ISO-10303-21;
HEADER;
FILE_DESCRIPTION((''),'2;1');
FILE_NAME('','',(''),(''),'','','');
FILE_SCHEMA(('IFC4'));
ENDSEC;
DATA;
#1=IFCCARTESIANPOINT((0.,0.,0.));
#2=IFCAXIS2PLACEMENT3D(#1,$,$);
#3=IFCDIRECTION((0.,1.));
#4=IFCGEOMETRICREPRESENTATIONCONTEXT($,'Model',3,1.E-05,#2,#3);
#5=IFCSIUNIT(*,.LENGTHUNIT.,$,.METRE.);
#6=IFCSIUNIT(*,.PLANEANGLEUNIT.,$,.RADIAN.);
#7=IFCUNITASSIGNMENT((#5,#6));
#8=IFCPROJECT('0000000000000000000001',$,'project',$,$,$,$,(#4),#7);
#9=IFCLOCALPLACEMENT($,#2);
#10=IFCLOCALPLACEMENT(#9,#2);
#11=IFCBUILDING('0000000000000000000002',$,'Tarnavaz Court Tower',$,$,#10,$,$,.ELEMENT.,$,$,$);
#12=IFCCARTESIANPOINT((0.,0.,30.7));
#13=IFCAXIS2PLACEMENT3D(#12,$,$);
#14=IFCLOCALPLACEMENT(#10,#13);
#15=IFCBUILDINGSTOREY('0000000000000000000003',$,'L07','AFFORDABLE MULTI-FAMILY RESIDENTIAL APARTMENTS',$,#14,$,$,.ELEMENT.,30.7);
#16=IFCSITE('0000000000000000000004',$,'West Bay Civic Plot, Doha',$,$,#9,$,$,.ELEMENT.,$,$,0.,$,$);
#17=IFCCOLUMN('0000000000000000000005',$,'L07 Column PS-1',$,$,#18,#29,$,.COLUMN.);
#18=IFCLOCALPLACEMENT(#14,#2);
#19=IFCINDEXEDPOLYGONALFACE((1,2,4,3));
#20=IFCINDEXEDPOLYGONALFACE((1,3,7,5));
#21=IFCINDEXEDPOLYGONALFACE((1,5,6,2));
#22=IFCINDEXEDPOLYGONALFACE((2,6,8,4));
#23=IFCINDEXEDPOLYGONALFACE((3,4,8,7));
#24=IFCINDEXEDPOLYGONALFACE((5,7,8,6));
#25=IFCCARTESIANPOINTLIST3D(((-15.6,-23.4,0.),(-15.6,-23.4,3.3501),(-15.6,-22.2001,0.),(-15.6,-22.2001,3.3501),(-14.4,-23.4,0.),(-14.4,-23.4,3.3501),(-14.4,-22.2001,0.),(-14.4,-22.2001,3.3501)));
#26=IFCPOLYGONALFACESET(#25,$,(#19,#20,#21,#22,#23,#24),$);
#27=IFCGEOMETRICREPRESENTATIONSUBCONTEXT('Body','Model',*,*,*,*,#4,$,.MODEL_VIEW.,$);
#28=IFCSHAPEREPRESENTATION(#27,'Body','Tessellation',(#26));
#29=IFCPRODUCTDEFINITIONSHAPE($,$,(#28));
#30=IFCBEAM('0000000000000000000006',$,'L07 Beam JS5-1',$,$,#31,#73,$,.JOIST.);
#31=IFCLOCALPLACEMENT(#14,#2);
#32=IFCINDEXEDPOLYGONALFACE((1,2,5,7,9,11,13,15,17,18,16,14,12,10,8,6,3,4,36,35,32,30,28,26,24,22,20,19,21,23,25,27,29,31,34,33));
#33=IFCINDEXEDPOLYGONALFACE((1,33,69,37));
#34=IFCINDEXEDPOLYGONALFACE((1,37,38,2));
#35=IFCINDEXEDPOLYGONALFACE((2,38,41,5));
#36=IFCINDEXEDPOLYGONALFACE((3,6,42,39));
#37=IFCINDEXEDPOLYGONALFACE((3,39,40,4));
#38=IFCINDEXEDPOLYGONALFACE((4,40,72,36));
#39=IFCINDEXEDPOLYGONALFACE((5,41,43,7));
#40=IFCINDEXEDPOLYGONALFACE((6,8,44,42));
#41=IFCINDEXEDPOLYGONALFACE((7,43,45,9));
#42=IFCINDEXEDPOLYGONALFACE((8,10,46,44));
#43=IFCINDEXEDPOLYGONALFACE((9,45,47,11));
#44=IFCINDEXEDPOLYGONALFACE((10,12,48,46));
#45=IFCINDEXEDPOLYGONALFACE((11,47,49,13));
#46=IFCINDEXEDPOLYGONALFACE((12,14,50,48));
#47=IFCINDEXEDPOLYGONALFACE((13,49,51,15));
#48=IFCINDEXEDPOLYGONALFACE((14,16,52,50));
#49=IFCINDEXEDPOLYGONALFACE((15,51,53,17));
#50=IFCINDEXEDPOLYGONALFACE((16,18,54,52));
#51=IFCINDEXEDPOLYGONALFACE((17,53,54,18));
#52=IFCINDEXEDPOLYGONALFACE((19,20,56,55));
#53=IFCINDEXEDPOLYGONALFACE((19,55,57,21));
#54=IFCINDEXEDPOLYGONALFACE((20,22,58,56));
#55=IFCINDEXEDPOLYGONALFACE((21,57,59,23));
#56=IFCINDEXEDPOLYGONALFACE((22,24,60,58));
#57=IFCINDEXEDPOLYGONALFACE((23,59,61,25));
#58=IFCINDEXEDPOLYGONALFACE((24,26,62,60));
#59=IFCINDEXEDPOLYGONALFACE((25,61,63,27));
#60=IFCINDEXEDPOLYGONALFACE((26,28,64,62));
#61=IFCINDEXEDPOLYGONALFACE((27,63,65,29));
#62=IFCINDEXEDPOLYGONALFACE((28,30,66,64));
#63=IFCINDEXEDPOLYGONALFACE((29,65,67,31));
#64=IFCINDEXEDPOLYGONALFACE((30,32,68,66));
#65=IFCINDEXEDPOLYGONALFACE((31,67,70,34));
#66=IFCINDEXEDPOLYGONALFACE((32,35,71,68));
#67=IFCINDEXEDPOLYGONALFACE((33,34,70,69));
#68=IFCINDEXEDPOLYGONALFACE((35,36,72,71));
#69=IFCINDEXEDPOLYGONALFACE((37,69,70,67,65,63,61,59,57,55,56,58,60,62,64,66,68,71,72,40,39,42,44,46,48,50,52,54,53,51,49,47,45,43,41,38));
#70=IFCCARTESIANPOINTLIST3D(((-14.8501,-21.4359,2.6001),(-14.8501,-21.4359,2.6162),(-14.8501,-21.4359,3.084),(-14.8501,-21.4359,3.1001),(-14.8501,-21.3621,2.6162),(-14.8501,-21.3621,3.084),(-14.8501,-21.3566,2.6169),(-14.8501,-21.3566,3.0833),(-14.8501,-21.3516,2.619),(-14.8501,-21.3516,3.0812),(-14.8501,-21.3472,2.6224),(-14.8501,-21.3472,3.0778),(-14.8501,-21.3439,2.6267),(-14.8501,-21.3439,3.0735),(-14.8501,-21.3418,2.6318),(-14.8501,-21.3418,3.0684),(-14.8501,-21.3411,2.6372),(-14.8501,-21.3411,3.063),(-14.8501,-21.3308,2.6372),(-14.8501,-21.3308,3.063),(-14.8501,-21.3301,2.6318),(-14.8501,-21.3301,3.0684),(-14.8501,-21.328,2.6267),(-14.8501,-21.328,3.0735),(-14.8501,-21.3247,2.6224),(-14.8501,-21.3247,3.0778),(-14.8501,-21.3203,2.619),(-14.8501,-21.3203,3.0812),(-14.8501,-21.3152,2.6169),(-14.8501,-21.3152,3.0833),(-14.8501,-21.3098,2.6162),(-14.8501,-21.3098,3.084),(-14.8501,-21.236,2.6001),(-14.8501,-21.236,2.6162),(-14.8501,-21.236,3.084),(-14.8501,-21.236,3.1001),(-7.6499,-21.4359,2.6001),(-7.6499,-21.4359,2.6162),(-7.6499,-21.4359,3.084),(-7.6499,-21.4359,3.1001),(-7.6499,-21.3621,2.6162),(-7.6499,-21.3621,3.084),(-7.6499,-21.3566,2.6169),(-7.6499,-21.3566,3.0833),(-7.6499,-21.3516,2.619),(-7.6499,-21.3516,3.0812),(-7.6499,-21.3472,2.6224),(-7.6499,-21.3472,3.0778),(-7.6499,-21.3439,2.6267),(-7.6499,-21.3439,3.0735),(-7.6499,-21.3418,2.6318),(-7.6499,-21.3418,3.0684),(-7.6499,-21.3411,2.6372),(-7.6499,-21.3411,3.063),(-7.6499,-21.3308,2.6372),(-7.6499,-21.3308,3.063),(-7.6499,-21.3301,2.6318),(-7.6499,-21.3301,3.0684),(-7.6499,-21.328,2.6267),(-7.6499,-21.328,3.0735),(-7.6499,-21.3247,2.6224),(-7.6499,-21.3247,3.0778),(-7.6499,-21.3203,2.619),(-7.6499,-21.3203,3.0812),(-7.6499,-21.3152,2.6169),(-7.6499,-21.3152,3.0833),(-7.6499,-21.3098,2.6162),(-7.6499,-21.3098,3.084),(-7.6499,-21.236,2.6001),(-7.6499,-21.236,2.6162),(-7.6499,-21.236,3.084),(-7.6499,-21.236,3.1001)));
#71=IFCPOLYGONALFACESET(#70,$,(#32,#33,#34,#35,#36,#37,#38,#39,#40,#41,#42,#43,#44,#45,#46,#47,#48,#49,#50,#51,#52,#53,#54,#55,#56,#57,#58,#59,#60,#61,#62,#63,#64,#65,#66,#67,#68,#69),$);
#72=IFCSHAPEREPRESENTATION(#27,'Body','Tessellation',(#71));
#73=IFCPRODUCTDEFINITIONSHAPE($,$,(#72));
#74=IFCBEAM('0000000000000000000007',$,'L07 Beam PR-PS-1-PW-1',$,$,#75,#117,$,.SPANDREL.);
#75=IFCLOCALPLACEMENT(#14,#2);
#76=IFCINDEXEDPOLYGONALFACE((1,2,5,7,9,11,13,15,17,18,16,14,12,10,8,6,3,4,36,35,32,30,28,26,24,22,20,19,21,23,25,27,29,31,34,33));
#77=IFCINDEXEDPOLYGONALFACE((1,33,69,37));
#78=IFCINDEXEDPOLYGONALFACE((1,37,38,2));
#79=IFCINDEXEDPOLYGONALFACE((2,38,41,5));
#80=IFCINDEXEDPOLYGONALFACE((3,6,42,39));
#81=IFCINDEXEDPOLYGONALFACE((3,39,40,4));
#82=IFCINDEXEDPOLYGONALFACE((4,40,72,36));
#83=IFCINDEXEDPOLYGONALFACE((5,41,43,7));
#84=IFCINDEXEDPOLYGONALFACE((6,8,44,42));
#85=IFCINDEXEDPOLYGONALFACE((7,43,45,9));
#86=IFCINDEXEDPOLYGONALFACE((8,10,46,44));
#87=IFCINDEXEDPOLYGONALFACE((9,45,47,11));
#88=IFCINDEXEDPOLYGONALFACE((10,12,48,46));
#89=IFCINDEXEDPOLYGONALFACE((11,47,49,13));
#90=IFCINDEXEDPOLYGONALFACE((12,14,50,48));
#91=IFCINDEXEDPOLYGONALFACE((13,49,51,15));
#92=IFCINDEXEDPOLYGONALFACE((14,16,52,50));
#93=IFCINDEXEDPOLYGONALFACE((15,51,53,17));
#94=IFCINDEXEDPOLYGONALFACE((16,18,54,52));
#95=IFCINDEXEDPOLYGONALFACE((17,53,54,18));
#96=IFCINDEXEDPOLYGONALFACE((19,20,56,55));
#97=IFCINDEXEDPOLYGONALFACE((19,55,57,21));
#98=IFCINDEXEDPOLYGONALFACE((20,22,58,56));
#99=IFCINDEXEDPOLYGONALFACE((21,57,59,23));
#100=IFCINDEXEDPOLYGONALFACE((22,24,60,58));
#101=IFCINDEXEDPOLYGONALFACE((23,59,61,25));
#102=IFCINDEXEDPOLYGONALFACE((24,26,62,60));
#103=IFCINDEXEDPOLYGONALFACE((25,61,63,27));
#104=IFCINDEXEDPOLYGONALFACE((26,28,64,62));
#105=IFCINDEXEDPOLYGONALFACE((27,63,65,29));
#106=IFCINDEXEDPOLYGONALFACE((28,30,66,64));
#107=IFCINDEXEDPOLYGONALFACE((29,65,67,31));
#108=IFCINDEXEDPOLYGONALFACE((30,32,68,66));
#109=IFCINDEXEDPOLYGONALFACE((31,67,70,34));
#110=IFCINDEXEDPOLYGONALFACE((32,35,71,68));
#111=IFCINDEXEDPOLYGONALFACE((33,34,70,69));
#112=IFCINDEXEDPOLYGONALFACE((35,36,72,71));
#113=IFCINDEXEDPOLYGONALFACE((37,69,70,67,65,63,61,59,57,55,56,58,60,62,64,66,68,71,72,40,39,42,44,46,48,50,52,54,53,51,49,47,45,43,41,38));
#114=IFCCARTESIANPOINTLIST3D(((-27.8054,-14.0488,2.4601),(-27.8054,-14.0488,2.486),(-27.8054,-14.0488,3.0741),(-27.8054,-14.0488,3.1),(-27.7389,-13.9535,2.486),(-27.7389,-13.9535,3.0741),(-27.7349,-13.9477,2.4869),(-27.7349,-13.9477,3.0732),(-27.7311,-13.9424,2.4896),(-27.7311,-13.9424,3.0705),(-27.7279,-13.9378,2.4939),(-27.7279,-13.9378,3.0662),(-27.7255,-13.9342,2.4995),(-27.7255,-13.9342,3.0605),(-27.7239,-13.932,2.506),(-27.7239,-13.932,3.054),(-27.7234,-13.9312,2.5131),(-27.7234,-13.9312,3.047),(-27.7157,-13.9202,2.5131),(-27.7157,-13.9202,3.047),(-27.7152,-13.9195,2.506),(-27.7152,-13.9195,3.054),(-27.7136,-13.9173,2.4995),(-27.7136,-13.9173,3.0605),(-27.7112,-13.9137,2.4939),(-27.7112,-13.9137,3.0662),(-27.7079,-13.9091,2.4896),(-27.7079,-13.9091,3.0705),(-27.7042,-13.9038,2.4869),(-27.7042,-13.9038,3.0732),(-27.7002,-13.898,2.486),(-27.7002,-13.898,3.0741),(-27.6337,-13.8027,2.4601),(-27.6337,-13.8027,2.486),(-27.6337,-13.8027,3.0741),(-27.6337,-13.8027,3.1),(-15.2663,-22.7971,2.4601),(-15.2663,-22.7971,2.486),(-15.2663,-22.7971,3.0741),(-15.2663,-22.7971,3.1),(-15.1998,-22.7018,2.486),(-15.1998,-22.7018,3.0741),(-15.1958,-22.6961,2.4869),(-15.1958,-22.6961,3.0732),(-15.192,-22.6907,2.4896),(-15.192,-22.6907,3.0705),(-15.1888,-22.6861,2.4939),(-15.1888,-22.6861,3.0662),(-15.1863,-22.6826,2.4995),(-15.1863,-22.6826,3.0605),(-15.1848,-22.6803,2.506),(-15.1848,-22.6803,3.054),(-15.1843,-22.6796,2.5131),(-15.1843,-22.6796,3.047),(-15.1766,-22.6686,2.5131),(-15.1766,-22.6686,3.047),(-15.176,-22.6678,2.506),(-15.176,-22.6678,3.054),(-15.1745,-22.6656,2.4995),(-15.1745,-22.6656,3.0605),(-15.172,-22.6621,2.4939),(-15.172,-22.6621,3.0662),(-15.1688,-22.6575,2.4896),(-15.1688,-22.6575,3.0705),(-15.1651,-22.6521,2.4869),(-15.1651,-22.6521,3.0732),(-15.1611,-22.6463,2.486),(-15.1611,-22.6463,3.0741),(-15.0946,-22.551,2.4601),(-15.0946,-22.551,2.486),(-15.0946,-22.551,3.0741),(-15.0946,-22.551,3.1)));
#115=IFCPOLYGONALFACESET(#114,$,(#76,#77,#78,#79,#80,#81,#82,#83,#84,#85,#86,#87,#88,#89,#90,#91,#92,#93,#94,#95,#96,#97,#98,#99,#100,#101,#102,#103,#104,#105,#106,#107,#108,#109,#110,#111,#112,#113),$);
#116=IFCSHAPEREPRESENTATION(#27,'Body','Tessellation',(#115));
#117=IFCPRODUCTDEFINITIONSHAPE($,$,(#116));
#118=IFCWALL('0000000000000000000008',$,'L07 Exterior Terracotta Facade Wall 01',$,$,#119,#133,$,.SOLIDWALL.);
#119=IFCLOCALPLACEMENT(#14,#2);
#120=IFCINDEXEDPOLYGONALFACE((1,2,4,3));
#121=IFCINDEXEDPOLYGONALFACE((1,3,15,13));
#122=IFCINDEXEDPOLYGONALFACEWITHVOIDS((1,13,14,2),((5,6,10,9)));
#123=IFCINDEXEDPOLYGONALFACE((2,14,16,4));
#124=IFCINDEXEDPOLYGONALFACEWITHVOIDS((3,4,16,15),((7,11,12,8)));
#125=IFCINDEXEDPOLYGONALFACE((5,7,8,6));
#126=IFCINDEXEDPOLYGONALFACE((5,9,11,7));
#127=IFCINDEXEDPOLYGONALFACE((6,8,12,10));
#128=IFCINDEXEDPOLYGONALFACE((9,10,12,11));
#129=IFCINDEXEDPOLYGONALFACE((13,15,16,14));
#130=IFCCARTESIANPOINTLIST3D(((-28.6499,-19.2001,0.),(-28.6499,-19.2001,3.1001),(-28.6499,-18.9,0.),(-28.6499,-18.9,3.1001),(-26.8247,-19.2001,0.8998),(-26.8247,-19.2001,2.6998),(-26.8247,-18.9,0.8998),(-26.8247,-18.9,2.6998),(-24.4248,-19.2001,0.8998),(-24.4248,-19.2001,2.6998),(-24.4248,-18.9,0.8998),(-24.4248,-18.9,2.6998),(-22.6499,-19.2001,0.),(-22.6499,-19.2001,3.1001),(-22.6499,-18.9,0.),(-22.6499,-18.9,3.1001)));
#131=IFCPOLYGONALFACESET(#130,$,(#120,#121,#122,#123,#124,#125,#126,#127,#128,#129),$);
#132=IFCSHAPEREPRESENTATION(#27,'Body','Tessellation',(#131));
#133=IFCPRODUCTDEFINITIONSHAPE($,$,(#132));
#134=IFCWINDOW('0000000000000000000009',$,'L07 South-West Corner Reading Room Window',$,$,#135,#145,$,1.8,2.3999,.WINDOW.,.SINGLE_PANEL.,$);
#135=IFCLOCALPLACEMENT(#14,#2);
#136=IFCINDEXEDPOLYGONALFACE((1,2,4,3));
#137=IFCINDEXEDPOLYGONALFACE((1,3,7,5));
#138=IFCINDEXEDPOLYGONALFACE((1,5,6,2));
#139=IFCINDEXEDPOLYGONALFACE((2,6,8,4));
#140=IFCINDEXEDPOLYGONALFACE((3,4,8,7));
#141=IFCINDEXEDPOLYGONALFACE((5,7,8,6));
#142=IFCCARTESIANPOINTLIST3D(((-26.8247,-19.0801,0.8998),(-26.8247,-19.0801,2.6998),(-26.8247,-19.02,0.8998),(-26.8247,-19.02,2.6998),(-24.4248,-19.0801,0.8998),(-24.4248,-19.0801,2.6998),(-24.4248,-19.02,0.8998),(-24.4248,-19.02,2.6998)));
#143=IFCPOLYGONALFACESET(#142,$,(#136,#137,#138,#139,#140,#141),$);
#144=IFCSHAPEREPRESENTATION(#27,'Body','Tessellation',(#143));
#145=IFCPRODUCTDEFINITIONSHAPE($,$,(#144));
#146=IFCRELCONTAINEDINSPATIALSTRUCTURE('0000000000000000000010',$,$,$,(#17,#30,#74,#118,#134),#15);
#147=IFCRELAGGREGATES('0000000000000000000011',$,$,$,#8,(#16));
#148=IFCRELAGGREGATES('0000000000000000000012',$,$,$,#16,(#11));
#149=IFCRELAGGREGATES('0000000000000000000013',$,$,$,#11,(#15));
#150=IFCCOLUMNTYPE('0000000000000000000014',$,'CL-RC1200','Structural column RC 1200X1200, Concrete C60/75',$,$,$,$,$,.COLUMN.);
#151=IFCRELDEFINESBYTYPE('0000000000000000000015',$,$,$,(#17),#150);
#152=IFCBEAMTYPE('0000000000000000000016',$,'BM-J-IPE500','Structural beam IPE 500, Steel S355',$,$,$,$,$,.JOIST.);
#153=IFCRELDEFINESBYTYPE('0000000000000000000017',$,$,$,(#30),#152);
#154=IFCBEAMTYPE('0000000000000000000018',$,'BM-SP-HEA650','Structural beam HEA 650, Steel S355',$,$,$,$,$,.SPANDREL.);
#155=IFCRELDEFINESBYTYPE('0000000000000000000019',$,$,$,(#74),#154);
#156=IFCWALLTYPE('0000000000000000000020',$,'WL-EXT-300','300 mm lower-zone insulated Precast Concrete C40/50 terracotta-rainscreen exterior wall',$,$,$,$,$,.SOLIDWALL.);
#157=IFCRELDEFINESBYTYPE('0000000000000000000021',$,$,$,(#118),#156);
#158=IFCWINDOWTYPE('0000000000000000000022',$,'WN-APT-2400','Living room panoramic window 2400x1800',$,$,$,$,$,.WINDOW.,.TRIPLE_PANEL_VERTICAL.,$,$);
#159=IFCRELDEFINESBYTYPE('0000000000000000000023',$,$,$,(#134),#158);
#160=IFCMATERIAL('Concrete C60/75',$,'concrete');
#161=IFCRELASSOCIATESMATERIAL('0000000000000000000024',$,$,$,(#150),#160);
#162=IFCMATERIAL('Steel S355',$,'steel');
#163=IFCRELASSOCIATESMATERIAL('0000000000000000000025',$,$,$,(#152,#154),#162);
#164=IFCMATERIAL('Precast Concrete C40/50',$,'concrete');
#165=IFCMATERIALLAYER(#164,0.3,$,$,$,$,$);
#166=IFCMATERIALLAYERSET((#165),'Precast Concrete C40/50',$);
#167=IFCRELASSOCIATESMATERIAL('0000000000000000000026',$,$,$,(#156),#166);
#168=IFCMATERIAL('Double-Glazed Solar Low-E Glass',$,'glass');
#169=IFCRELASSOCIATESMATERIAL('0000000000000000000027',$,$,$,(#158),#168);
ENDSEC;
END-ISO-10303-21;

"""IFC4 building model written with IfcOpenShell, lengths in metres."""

from ifc_helpers import new_model, si_unit, direction, frame, frame_2d, origin, origin_2d, place, context, subcontext, project, spatial, rectangle, i_section, extrude, material, layer, layer_set, material_profile, profile_set, type_object, element, fill, save


model = new_model("IFC4")

# Units and contexts
model_context = context("Model", 3, precision=1e-05, world=origin(), true_north=direction((0.0, 1.0)))
body_context = subcontext(model_context, "Body", "Model", "MODEL_VIEW")
ifc_project = project(units=[si_unit("LENGTHUNIT", "METRE"), si_unit("PLANEANGLEUNIT", "RADIAN")], contexts=[model_context])

# Site, building, storey
site_placement = place(None, origin())
site = spatial("IfcSite", under=ifc_project, at=site_placement, Name="West Bay Civic Plot, Doha", CompositionType="ELEMENT", RefElevation=0.0)
building_placement = place(site_placement, origin())
building = spatial("IfcBuilding", under=site, at=building_placement, Name="Tarnavaz Court Tower", CompositionType="ELEMENT")
storey_placement = place(building_placement, frame((0.0, 0.0, 30.7)))
storey = spatial("IfcBuildingStorey", under=building, at=storey_placement, Name="L07", Description="AFFORDABLE MULTI-FAMILY RESIDENTIAL APARTMENTS", CompositionType="ELEMENT", Elevation=30.7)

# Column
ifc_material_1 = material(Name="Concrete C60/75", Category="concrete")
ifc_material_profile_1 = material_profile(ifc_material_1, rectangle(XDim=1.2, YDim=1.2, at=origin_2d()), Name="RC 1200X1200")
ifc_profile_set_1 = profile_set([ifc_material_profile_1], Name="Concrete C60/75")
column_type = type_object("IfcColumnType", Name="CL-RC1200", Description="Structural column RC 1200X1200, Concrete C60/75", PredefinedType="COLUMN", material=ifc_profile_set_1)
column_placement = place(storey_placement, frame((-15.0, -22.8, 0.0), z_axis=(0.0, 0.0, 1.0), x_axis=(1.0, 0.0, 0.0)))
element("IfcColumn", 1, at=column_placement, inside=storey, type_object=column_type, Name="L07 Column PS-1", PredefinedType="COLUMN", context=body_context, shape_type="SweptSolid", body=[
    extrude(rectangle(XDim=1.2, YDim=1.2, at=origin_2d()), origin(), (0.0, 0.0, 1.0), 3.3501),
])

# Beams
ifc_material_2 = material(Name="Steel S355", Category="steel")
ifc_material_profile_2 = material_profile(ifc_material_2, i_section(OverallWidth=0.2, OverallDepth=0.5, WebThickness=0.0103, FlangeThickness=0.0161, FilletRadius=0.021, at=origin_2d()), Name="IPE 500")
ifc_profile_set_2 = profile_set([ifc_material_profile_2], Name="Steel S355")
beam_type_1 = type_object("IfcBeamType", Name="BM-J-IPE500", Description="Structural beam IPE 500, Steel S355", PredefinedType="JOIST", material=ifc_profile_set_2)
beam_1_placement = place(storey_placement, frame((-14.8501, -21.3359, 2.8501), z_axis=(1.0, 0.0, 0.0), x_axis=(0.0, 1.0, 0.0)))
element("IfcBeam", 2, at=beam_1_placement, inside=storey, type_object=beam_type_1, Name="L07 Beam JS5-1", PredefinedType="JOIST", context=body_context, shape_type="SweptSolid", body=[
    extrude(i_section(OverallWidth=0.2, OverallDepth=0.5, WebThickness=0.0103, FlangeThickness=0.0161, FilletRadius=0.021, at=origin_2d()), origin(), (0.0, 0.0, 1.0), 7.2002),
])
ifc_material_profile_3 = material_profile(ifc_material_2, i_section(OverallWidth=0.3, OverallDepth=0.6399, WebThickness=0.0134, FlangeThickness=0.0259, FilletRadius=0.0271, at=origin_2d()), Name="HEA 650")
ifc_profile_set_3 = profile_set([ifc_material_profile_3], Name="Steel S355")
beam_type_2 = type_object("IfcBeamType", Name="BM-SP-HEA650", Description="Structural beam HEA 650, Steel S355", PredefinedType="SPANDREL", material=ifc_profile_set_3)
beam_2_placement = place(storey_placement, frame((-15.1804, -22.6741, 2.78), z_axis=(-0.820124, 0.572186, 0.0), x_axis=(-0.572186, -0.820124, 0.0)))
element("IfcBeam", 3, at=beam_2_placement, inside=storey, type_object=beam_type_2, Name="L07 Beam PR-PS-1-PW-1", PredefinedType="SPANDREL", context=body_context, shape_type="SweptSolid", body=[
    extrude(i_section(OverallWidth=0.3, OverallDepth=0.6399, WebThickness=0.0134, FlangeThickness=0.0259, FilletRadius=0.0271, at=origin_2d()), origin(), (0.0, 0.0, 1.0), 15.2893),
])

# Wall, opening, window
ifc_material_3 = material(Name="Precast Concrete C40/50", Category="concrete")
ifc_layer_1 = layer(ifc_material_3, 0.3)
ifc_layer_set_1 = layer_set([ifc_layer_1], Name="Precast Concrete C40/50")
wall_type_1 = type_object("IfcWallType", Name="WL-EXT-300", Description="300 mm lower-zone insulated Precast Concrete C40/50 terracotta-rainscreen exterior wall", PredefinedType="SOLIDWALL", material=ifc_layer_set_1)
wall_1_placement = place(storey_placement, frame((-22.6499, -19.05, 0.0), z_axis=(0.0, 0.0, 1.0), x_axis=(-1.0, 0.0, 0.0)))
wall_1 = element("IfcWall", 4, at=wall_1_placement, inside=storey, type_object=wall_type_1, Name="L07 Exterior Terracotta Facade Wall 01", PredefinedType="SOLIDWALL", context=body_context, shape_type="SweptSolid", body=[
    extrude(rectangle(XDim=6.0, YDim=0.3, at=frame_2d((3.0, 0.0))), origin(), (0.0, 0.0, 1.0), 3.1001),
])
opening_1_placement = place(wall_1_placement, frame((1.7749, 0.0, 0.8999)))
opening_1 = element("IfcOpeningElement", 5, at=opening_1_placement, cuts=wall_1, PredefinedType="OPENING", context=body_context, shape_type="SweptSolid", body=[
    extrude(rectangle(XDim=2.3999, YDim=1.8, at=frame_2d((1.2, 0.8999))), frame((0.0, 0.1599, 0.0), z_axis=(0.0, -1.0, 0.0), x_axis=(1.0, 0.0, 0.0)), (0.0, 0.0, 1.0), 0.3201),
])
ifc_material_4 = material(Name="Double-Glazed Solar Low-E Glass", Category="glass")
window_type_1 = type_object("IfcWindowType", Name="WN-APT-2400", Description="Living room panoramic window 2400x1800", PartitioningType="TRIPLE_PANEL_VERTICAL", PredefinedType="WINDOW", material=ifc_material_4)
window_1_placement = place(opening_1_placement, origin())
window_1 = element("IfcWindow", 6, at=window_1_placement, inside=storey, type_object=window_type_1, Name="L07 South-West Corner Reading Room Window", OverallHeight=1.8, OverallWidth=2.3999, PartitioningType="SINGLE_PANEL", PredefinedType="WINDOW", context=body_context, shape_type="SweptSolid", body=[
    extrude(rectangle(XDim=2.3999, YDim=1.8, at=frame_2d((1.2, 0.8999))), frame((0.0, 0.03, 0.0), z_axis=(0.0, -1.0, 0.0), x_axis=(1.0, 0.0, 0.0)), (0.0, 0.0, 1.0), 0.0601),
])
fill(opening_1, window_1)

save(model, "model.ifc")
